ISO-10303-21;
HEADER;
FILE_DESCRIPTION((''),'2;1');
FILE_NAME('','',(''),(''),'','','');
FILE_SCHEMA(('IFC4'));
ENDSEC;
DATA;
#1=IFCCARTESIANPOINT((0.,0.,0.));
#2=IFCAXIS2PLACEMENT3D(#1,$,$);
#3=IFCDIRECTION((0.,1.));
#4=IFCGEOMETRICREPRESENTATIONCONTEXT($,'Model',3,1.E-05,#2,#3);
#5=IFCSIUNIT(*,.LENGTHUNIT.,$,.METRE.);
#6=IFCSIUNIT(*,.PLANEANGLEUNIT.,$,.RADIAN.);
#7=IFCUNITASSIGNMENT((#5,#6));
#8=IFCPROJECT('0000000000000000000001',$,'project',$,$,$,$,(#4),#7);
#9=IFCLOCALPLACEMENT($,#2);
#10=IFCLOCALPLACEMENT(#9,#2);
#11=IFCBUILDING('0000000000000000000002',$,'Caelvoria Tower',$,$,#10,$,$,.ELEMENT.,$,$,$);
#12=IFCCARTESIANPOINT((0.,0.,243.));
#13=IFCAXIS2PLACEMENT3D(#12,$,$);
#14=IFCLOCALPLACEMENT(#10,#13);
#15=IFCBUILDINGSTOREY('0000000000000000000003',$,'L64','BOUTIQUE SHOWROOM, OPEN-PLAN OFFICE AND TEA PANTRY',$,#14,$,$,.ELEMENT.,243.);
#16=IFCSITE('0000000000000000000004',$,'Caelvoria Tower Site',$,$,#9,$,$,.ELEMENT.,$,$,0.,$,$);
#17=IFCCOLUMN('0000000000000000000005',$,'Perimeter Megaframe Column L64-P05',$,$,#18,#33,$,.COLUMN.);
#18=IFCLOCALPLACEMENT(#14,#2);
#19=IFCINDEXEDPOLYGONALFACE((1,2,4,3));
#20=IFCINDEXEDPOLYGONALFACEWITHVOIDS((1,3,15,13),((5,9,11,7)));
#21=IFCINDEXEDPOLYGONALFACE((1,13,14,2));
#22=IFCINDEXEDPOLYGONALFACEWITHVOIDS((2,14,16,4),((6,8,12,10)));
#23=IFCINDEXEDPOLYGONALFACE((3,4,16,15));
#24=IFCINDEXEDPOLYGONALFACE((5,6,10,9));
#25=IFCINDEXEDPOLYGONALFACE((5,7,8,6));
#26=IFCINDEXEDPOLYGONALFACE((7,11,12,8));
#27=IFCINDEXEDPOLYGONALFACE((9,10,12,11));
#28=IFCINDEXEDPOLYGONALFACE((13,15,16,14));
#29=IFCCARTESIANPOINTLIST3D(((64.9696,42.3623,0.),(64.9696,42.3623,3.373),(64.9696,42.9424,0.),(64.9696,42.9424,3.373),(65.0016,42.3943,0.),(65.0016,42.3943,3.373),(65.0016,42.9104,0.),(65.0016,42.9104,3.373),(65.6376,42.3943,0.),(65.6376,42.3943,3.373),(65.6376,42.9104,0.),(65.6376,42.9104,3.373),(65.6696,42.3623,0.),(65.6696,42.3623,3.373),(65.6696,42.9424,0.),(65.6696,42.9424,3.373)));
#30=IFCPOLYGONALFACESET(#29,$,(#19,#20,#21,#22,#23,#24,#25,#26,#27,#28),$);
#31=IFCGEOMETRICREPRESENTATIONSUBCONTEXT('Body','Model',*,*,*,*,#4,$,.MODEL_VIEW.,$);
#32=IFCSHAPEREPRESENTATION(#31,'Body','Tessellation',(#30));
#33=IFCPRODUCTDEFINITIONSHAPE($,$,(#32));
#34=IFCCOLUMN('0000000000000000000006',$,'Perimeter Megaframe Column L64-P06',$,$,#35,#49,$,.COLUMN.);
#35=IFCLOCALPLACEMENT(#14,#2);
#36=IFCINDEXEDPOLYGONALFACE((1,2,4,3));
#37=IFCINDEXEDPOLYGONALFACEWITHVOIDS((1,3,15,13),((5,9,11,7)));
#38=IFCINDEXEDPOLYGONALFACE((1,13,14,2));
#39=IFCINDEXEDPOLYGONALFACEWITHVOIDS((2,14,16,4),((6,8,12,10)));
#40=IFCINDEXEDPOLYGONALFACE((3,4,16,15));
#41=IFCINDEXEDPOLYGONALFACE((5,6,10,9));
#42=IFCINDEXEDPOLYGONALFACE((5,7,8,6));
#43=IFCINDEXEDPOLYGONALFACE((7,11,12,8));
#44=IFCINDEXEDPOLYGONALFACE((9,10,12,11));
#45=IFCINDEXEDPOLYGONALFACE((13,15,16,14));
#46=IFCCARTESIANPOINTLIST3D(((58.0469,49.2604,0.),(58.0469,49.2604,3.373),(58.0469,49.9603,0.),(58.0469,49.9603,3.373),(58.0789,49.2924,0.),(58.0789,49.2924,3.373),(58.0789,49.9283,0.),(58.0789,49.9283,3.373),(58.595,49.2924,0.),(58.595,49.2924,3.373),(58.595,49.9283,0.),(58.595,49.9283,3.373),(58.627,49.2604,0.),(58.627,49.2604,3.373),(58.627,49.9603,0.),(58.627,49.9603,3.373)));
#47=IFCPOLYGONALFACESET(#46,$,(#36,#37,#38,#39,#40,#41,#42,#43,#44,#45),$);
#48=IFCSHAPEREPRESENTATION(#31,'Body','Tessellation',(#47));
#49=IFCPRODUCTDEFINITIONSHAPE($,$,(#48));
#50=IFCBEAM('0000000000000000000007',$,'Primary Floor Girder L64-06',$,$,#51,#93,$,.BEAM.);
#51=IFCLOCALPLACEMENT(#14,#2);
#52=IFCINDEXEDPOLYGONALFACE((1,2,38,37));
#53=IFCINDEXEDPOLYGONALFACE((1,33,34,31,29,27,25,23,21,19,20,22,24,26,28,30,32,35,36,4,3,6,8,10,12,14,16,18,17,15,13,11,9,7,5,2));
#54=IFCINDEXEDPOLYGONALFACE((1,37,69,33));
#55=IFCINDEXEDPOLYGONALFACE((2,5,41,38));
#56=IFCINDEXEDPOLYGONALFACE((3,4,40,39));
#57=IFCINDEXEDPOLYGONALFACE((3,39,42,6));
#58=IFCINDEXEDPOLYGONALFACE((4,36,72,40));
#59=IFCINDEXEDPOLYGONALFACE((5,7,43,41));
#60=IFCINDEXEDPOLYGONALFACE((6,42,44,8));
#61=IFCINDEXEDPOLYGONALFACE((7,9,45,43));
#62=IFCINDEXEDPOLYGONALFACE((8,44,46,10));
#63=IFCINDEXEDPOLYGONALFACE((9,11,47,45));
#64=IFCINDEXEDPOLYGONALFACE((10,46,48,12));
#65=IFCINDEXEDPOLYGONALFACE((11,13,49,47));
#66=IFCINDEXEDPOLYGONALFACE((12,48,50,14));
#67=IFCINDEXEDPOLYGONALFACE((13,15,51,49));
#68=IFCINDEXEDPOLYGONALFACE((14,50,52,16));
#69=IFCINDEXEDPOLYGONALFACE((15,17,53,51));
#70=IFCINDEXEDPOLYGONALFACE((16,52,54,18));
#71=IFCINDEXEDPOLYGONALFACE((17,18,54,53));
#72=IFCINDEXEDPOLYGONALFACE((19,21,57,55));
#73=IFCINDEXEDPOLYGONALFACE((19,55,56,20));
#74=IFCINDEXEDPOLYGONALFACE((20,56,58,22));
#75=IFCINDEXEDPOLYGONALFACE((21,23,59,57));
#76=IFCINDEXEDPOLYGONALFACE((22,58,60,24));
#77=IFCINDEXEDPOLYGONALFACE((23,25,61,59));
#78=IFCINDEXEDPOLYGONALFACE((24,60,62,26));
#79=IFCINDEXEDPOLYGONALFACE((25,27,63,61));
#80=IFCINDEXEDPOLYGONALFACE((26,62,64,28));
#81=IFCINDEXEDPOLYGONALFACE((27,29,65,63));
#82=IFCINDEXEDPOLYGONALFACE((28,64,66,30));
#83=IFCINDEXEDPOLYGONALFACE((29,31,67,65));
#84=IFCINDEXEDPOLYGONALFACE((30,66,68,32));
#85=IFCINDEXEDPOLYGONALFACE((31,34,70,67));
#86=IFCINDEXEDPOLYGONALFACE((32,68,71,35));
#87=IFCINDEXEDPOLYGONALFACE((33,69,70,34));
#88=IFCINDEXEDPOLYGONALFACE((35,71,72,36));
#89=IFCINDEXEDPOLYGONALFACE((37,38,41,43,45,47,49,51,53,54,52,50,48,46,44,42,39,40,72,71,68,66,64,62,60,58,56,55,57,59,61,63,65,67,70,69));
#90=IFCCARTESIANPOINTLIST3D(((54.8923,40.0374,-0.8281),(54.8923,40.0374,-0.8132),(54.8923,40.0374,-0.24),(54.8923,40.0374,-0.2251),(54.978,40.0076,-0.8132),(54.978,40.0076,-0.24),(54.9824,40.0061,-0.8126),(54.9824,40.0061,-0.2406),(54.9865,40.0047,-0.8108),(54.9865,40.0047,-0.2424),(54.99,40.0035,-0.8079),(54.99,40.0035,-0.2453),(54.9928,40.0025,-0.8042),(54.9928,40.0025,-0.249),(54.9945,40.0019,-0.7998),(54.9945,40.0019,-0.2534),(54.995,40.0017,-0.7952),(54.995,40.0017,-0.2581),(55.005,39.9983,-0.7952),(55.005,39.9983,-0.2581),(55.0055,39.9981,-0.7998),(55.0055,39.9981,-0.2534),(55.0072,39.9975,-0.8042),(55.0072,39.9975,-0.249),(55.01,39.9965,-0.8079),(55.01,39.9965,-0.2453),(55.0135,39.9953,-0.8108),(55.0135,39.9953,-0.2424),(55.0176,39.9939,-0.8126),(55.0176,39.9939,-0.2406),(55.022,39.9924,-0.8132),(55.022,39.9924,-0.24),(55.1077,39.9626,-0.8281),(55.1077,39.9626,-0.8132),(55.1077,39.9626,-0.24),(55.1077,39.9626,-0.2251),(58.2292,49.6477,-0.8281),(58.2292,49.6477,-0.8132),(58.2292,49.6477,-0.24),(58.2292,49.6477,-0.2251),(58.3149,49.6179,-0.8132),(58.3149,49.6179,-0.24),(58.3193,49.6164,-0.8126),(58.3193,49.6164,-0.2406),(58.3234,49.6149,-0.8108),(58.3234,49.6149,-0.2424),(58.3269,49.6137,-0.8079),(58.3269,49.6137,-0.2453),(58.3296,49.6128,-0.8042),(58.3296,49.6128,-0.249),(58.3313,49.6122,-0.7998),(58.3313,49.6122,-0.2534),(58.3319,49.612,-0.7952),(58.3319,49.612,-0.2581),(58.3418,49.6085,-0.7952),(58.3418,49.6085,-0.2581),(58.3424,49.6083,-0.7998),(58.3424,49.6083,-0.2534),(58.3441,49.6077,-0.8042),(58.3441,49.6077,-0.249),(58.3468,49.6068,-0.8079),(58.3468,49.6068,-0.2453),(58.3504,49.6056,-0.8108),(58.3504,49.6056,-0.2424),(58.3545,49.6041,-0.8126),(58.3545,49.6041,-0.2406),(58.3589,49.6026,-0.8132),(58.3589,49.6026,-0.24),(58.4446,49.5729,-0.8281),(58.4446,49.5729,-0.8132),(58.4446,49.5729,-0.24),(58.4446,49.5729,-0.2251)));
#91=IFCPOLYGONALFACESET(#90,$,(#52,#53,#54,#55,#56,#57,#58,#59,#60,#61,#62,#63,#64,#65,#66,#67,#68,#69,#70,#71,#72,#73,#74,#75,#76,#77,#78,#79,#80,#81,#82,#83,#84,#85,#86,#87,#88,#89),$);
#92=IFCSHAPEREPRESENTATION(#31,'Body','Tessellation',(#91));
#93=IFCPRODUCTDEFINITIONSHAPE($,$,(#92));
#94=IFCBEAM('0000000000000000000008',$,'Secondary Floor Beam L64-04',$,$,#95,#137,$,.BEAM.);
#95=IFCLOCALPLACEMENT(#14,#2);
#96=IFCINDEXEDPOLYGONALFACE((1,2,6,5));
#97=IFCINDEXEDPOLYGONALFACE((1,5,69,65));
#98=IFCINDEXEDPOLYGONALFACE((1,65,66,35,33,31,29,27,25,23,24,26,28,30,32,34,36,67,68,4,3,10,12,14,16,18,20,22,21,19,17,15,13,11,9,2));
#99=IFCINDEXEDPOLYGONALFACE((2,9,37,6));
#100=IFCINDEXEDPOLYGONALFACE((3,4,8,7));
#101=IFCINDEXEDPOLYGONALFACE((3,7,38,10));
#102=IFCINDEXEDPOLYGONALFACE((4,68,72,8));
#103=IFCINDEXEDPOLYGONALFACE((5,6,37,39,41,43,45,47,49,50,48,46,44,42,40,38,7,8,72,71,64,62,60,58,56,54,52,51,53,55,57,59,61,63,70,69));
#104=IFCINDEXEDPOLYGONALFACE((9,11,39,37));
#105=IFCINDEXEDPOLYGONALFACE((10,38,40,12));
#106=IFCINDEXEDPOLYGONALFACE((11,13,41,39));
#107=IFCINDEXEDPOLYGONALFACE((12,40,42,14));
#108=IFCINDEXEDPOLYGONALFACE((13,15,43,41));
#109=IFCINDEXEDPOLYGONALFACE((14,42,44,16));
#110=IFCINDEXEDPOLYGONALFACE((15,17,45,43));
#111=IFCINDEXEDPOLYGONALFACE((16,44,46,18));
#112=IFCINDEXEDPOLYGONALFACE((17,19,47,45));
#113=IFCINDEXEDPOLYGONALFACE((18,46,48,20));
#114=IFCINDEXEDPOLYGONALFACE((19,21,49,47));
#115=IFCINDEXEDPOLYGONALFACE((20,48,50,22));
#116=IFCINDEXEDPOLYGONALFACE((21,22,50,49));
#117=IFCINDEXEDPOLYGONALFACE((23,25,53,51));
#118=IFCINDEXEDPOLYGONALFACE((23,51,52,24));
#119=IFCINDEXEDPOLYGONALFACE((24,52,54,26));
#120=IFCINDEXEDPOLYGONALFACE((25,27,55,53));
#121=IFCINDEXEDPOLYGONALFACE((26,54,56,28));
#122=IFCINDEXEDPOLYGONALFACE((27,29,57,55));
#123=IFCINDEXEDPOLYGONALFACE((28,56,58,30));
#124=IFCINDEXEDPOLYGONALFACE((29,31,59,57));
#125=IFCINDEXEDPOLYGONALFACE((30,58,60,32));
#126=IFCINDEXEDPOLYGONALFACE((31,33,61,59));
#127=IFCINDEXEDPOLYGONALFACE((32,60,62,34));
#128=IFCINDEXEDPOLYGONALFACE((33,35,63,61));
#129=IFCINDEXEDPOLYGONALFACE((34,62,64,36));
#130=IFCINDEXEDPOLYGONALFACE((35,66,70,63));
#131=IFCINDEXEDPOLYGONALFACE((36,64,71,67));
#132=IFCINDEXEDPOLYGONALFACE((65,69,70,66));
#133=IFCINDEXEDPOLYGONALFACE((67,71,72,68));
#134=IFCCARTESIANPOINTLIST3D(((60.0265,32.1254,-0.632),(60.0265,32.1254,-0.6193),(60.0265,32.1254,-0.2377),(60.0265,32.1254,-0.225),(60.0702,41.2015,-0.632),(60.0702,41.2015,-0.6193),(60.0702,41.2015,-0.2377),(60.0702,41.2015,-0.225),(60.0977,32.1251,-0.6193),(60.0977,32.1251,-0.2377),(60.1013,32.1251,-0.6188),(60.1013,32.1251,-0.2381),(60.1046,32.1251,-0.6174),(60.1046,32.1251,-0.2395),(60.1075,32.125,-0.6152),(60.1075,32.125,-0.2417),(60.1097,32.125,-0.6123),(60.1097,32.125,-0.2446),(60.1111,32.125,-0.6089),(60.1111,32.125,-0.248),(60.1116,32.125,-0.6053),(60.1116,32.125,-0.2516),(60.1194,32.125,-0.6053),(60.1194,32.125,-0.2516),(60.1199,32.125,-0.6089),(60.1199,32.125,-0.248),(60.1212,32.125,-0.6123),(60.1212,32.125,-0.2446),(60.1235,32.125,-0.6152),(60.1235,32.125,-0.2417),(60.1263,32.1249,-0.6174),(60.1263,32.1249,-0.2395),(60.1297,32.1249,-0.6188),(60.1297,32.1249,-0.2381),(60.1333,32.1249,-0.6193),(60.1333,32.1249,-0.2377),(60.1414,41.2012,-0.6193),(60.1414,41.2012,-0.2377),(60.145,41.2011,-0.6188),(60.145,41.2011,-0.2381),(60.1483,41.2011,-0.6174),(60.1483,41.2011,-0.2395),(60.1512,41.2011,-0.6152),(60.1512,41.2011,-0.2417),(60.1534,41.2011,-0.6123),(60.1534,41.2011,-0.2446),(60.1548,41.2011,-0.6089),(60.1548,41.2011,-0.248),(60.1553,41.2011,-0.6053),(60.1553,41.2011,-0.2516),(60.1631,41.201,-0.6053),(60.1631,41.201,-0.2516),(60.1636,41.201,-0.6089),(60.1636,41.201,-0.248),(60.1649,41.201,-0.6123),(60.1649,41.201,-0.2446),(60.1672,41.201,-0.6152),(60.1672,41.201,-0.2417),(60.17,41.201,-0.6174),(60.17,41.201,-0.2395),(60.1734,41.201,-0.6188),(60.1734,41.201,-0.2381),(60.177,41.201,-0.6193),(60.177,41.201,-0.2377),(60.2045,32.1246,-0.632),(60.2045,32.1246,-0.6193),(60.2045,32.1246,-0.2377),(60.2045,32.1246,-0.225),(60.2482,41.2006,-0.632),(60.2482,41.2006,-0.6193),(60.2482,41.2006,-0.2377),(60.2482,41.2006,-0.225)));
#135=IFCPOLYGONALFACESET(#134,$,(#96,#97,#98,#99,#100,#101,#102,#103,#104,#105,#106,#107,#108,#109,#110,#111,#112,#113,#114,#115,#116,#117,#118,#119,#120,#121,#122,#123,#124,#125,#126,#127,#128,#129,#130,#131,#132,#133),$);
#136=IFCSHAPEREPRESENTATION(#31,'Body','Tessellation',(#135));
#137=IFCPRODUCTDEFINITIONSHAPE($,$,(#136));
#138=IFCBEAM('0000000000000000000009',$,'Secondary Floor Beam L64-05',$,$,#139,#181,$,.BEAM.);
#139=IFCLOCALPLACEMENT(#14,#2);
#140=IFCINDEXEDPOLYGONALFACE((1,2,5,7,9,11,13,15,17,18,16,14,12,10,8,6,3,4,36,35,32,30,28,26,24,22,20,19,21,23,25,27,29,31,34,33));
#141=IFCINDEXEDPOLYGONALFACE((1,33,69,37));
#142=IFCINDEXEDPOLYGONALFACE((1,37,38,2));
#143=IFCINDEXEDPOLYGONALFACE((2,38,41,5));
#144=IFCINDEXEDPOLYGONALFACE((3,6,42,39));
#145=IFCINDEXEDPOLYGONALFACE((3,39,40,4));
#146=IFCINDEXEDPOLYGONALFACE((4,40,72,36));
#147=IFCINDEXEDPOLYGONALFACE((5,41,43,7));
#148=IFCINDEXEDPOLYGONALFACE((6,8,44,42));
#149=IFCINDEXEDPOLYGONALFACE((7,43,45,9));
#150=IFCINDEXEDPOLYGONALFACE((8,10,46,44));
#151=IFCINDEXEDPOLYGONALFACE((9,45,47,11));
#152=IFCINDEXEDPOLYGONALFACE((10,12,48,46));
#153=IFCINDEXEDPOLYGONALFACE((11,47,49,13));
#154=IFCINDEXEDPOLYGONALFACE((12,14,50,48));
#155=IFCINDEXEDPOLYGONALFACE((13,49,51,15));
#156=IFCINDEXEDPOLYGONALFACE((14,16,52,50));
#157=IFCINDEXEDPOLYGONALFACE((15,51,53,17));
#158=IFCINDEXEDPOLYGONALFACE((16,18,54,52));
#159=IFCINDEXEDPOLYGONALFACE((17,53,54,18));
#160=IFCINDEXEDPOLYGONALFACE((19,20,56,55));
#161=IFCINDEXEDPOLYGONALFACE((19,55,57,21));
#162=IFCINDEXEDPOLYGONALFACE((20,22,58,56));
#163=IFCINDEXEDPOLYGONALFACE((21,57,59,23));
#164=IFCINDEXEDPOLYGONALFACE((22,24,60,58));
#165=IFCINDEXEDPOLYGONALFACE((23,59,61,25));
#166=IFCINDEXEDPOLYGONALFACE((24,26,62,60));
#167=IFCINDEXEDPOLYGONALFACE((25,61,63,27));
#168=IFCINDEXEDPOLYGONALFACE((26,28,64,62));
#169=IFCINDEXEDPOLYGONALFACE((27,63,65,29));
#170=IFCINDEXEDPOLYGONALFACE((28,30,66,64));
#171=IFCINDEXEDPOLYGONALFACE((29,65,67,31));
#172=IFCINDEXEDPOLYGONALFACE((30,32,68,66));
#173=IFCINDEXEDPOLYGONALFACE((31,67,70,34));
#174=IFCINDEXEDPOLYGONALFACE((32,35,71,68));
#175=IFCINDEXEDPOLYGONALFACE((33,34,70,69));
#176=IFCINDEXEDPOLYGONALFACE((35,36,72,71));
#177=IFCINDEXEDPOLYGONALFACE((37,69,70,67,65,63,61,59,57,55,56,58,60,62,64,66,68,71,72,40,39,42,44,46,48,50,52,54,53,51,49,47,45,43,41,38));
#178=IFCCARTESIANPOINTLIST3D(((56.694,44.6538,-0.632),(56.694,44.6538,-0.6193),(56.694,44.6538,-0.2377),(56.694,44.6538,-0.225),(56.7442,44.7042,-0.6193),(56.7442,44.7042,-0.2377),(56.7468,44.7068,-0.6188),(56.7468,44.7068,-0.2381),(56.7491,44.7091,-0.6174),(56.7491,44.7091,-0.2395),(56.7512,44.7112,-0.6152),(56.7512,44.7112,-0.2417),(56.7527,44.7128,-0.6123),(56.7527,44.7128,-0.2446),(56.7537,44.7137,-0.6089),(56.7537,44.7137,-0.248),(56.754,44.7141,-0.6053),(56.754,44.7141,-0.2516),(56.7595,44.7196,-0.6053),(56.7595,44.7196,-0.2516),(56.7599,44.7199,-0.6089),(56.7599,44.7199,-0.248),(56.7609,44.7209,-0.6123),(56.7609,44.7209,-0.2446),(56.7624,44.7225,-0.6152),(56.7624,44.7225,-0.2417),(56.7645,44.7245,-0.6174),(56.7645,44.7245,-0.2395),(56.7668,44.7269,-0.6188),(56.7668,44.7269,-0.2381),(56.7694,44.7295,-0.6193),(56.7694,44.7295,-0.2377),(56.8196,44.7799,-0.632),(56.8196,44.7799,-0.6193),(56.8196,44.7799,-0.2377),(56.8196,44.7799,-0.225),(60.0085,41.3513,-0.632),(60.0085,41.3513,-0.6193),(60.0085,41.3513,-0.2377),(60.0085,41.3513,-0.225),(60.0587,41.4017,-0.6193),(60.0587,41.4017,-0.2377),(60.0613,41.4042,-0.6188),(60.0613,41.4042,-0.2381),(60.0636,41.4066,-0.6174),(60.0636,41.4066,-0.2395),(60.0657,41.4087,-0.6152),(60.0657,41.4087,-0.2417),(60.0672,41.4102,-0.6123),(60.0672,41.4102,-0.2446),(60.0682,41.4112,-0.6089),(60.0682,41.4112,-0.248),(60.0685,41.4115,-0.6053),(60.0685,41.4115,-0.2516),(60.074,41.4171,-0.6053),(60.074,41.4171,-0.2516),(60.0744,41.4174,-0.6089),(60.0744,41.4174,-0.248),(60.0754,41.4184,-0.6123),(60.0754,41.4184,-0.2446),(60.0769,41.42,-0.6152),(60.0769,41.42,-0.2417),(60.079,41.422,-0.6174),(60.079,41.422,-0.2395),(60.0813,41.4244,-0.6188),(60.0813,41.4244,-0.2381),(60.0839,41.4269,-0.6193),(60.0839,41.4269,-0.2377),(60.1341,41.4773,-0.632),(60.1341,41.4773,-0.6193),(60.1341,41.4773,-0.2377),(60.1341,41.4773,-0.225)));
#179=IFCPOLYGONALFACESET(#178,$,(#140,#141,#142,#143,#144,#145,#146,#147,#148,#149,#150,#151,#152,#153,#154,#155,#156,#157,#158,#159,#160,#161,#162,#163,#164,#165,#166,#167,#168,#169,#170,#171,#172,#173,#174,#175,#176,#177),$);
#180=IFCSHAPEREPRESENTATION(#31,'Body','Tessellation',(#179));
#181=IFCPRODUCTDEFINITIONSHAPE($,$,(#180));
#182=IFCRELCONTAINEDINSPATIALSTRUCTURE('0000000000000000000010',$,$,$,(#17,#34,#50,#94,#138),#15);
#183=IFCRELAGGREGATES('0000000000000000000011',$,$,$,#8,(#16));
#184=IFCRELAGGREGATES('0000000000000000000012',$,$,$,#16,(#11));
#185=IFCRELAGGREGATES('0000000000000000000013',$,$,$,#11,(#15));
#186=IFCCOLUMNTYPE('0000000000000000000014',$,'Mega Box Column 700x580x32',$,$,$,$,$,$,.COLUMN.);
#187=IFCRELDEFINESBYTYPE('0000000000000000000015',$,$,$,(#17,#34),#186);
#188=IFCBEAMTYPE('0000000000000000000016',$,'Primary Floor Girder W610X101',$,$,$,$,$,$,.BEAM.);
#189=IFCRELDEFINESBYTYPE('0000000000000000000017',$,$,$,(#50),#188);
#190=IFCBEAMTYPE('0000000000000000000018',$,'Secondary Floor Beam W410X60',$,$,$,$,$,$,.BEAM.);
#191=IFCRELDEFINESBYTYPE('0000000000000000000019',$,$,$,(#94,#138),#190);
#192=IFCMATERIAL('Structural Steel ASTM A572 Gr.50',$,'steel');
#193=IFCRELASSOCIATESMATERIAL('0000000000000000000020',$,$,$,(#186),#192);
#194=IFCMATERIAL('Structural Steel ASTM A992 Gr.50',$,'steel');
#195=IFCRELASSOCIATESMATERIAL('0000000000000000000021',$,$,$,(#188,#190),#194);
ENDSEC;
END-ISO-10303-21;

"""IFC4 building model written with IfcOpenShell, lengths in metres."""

from ifc_helpers import new_model, si_unit, direction, frame, origin, origin_2d, place, context, subcontext, project, spatial, hollow_rectangle, i_section, extrude, material, material_profile, profile_set, type_object, element, save


model = new_model("IFC4")

# Units and contexts
model_context = context("Model", 3, precision=1e-05, world=origin(), true_north=direction((0.0, 1.0)))
body_context = subcontext(model_context, "Body", "Model", "MODEL_VIEW")
ifc_project = project(units=[si_unit("LENGTHUNIT", "METRE"), si_unit("PLANEANGLEUNIT", "RADIAN")], contexts=[model_context])

# Site, building, storey
site_placement = place(None, origin())
site = spatial("IfcSite", under=ifc_project, at=site_placement, Name="Caelvoria Tower Site", CompositionType="ELEMENT", RefElevation=0.0)
building_placement = place(site_placement, origin())
building = spatial("IfcBuilding", under=site, at=building_placement, Name="Caelvoria Tower", CompositionType="ELEMENT")
storey_placement = place(building_placement, frame((0.0, 0.0, 243.0)))
storey = spatial("IfcBuildingStorey", under=building, at=storey_placement, Name="L64", Description="BOUTIQUE SHOWROOM, OPEN-PLAN OFFICE AND TEA PANTRY", CompositionType="ELEMENT", Elevation=243.0)

# Columns
ifc_material_1 = material(Name="Structural Steel ASTM A572 Gr.50", Category="steel")
ifc_material_profile_1 = material_profile(ifc_material_1, hollow_rectangle(XDim=0.5801, YDim=0.7, WallThickness=0.032, at=origin_2d()), Name="Structural Steel ASTM A572 Gr.50")
ifc_profile_set_1 = profile_set([ifc_material_profile_1], Name="BOX700X580X32 - Structural Steel ASTM A572 Gr.50")
column_type = type_object("IfcColumnType", Name="Mega Box Column 700x580x32", PredefinedType="COLUMN", material=ifc_profile_set_1)
for number, where, z_axis, x_axis, name in (
    (1, (65.3196, 42.6523, 0.0), (0.0, 0.0, 1.0), (0.0, 1.0, 0.0), "Perimeter Megaframe Column L64-P05"),
    (2, (58.3369, 49.6104, 0.0), (0.0, 0.0, 1.0), (1.0, 0.0, 0.0), "Perimeter Megaframe Column L64-P06"),
):
    element("IfcColumn", number, at=place(storey_placement, frame(where, z_axis=z_axis, x_axis=x_axis)), inside=storey, type_object=column_type, Name=name, PredefinedType="COLUMN", context=body_context, shape_type="SweptSolid", body=[
        extrude(hollow_rectangle(XDim=0.5801, YDim=0.7, WallThickness=0.032, at=origin_2d()), origin(), (0.0, 0.0, 1.0), 3.373),
    ])

# Beams
ifc_material_2 = material(Name="Structural Steel ASTM A992 Gr.50", Category="steel")
ifc_material_profile_2 = material_profile(ifc_material_2, i_section(OverallWidth=0.228, OverallDepth=0.603, WebThickness=0.0105, FlangeThickness=0.0149, FilletRadius=0.0181, at=origin_2d()), Name="Structural Steel ASTM A992 Gr.50")
ifc_profile_set_2 = profile_set([ifc_material_profile_2], Name="W610X101 - Structural Steel ASTM A992 Gr.50")
beam_type_1 = type_object("IfcBeamType", Name="Primary Floor Girder W610X101", PredefinedType="BEAM", material=ifc_profile_set_2)
beam_1_placement = place(storey_placement, frame((55.0, 40.0, -0.5266), z_axis=(0.32801, 0.944674, 0.0), x_axis=(-0.944674, 0.32801, 0.0)))
element("IfcBeam", 3, at=beam_1_placement, inside=storey, type_object=beam_type_1, Name="Primary Floor Girder L64-06", PredefinedType="BEAM", context=body_context, shape_type="SweptSolid", body=[
    extrude(i_section(OverallWidth=0.228, OverallDepth=0.603, WebThickness=0.0105, FlangeThickness=0.0149, FilletRadius=0.0181, at=origin_2d()), origin(), (0.0, 0.0, 1.0), 10.1731),
])
ifc_material_profile_3 = material_profile(ifc_material_2, i_section(OverallWidth=0.178, OverallDepth=0.407, WebThickness=0.0078, FlangeThickness=0.0127, FilletRadius=0.0139, at=origin_2d()), Name="Structural Steel ASTM A992 Gr.50")
ifc_profile_set_3 = profile_set([ifc_material_profile_3], Name="W410X60 - Structural Steel ASTM A992 Gr.50")
beam_type_2 = type_object("IfcBeamType", Name="Secondary Floor Beam W410X60", PredefinedType="BEAM", material=ifc_profile_set_3)
beam_2_placement = place(storey_placement, frame((60.1155, 32.125, -0.4285), z_axis=(0.004815, 0.999988, 0.0), x_axis=(-0.999988, 0.004815, 0.0)))
element("IfcBeam", 4, at=beam_2_placement, inside=storey, type_object=beam_type_2, Name="Secondary Floor Beam L64-04", PredefinedType="BEAM", context=body_context, shape_type="SweptSolid", body=[
    extrude(i_section(OverallWidth=0.178, OverallDepth=0.407, WebThickness=0.0078, FlangeThickness=0.0127, FilletRadius=0.0139, at=origin_2d()), origin(), (0.0, 0.0, 1.0), 9.0762),
])
beam_3_placement = place(storey_placement, frame((60.0713, 41.4143, -0.4285), z_axis=(-0.708384, 0.705827, 0.0), x_axis=(-0.705827, -0.708384, 0.0)))
element("IfcBeam", 5, at=beam_3_placement, inside=storey, type_object=beam_type_2, Name="Secondary Floor Beam L64-05", PredefinedType="BEAM", context=body_context, shape_type="SweptSolid", body=[
    extrude(i_section(OverallWidth=0.178, OverallDepth=0.407, WebThickness=0.0078, FlangeThickness=0.0127, FilletRadius=0.0139, at=origin_2d()), origin(), (0.0, 0.0, 1.0), 4.679),
])

save(model, "model.ifc")
